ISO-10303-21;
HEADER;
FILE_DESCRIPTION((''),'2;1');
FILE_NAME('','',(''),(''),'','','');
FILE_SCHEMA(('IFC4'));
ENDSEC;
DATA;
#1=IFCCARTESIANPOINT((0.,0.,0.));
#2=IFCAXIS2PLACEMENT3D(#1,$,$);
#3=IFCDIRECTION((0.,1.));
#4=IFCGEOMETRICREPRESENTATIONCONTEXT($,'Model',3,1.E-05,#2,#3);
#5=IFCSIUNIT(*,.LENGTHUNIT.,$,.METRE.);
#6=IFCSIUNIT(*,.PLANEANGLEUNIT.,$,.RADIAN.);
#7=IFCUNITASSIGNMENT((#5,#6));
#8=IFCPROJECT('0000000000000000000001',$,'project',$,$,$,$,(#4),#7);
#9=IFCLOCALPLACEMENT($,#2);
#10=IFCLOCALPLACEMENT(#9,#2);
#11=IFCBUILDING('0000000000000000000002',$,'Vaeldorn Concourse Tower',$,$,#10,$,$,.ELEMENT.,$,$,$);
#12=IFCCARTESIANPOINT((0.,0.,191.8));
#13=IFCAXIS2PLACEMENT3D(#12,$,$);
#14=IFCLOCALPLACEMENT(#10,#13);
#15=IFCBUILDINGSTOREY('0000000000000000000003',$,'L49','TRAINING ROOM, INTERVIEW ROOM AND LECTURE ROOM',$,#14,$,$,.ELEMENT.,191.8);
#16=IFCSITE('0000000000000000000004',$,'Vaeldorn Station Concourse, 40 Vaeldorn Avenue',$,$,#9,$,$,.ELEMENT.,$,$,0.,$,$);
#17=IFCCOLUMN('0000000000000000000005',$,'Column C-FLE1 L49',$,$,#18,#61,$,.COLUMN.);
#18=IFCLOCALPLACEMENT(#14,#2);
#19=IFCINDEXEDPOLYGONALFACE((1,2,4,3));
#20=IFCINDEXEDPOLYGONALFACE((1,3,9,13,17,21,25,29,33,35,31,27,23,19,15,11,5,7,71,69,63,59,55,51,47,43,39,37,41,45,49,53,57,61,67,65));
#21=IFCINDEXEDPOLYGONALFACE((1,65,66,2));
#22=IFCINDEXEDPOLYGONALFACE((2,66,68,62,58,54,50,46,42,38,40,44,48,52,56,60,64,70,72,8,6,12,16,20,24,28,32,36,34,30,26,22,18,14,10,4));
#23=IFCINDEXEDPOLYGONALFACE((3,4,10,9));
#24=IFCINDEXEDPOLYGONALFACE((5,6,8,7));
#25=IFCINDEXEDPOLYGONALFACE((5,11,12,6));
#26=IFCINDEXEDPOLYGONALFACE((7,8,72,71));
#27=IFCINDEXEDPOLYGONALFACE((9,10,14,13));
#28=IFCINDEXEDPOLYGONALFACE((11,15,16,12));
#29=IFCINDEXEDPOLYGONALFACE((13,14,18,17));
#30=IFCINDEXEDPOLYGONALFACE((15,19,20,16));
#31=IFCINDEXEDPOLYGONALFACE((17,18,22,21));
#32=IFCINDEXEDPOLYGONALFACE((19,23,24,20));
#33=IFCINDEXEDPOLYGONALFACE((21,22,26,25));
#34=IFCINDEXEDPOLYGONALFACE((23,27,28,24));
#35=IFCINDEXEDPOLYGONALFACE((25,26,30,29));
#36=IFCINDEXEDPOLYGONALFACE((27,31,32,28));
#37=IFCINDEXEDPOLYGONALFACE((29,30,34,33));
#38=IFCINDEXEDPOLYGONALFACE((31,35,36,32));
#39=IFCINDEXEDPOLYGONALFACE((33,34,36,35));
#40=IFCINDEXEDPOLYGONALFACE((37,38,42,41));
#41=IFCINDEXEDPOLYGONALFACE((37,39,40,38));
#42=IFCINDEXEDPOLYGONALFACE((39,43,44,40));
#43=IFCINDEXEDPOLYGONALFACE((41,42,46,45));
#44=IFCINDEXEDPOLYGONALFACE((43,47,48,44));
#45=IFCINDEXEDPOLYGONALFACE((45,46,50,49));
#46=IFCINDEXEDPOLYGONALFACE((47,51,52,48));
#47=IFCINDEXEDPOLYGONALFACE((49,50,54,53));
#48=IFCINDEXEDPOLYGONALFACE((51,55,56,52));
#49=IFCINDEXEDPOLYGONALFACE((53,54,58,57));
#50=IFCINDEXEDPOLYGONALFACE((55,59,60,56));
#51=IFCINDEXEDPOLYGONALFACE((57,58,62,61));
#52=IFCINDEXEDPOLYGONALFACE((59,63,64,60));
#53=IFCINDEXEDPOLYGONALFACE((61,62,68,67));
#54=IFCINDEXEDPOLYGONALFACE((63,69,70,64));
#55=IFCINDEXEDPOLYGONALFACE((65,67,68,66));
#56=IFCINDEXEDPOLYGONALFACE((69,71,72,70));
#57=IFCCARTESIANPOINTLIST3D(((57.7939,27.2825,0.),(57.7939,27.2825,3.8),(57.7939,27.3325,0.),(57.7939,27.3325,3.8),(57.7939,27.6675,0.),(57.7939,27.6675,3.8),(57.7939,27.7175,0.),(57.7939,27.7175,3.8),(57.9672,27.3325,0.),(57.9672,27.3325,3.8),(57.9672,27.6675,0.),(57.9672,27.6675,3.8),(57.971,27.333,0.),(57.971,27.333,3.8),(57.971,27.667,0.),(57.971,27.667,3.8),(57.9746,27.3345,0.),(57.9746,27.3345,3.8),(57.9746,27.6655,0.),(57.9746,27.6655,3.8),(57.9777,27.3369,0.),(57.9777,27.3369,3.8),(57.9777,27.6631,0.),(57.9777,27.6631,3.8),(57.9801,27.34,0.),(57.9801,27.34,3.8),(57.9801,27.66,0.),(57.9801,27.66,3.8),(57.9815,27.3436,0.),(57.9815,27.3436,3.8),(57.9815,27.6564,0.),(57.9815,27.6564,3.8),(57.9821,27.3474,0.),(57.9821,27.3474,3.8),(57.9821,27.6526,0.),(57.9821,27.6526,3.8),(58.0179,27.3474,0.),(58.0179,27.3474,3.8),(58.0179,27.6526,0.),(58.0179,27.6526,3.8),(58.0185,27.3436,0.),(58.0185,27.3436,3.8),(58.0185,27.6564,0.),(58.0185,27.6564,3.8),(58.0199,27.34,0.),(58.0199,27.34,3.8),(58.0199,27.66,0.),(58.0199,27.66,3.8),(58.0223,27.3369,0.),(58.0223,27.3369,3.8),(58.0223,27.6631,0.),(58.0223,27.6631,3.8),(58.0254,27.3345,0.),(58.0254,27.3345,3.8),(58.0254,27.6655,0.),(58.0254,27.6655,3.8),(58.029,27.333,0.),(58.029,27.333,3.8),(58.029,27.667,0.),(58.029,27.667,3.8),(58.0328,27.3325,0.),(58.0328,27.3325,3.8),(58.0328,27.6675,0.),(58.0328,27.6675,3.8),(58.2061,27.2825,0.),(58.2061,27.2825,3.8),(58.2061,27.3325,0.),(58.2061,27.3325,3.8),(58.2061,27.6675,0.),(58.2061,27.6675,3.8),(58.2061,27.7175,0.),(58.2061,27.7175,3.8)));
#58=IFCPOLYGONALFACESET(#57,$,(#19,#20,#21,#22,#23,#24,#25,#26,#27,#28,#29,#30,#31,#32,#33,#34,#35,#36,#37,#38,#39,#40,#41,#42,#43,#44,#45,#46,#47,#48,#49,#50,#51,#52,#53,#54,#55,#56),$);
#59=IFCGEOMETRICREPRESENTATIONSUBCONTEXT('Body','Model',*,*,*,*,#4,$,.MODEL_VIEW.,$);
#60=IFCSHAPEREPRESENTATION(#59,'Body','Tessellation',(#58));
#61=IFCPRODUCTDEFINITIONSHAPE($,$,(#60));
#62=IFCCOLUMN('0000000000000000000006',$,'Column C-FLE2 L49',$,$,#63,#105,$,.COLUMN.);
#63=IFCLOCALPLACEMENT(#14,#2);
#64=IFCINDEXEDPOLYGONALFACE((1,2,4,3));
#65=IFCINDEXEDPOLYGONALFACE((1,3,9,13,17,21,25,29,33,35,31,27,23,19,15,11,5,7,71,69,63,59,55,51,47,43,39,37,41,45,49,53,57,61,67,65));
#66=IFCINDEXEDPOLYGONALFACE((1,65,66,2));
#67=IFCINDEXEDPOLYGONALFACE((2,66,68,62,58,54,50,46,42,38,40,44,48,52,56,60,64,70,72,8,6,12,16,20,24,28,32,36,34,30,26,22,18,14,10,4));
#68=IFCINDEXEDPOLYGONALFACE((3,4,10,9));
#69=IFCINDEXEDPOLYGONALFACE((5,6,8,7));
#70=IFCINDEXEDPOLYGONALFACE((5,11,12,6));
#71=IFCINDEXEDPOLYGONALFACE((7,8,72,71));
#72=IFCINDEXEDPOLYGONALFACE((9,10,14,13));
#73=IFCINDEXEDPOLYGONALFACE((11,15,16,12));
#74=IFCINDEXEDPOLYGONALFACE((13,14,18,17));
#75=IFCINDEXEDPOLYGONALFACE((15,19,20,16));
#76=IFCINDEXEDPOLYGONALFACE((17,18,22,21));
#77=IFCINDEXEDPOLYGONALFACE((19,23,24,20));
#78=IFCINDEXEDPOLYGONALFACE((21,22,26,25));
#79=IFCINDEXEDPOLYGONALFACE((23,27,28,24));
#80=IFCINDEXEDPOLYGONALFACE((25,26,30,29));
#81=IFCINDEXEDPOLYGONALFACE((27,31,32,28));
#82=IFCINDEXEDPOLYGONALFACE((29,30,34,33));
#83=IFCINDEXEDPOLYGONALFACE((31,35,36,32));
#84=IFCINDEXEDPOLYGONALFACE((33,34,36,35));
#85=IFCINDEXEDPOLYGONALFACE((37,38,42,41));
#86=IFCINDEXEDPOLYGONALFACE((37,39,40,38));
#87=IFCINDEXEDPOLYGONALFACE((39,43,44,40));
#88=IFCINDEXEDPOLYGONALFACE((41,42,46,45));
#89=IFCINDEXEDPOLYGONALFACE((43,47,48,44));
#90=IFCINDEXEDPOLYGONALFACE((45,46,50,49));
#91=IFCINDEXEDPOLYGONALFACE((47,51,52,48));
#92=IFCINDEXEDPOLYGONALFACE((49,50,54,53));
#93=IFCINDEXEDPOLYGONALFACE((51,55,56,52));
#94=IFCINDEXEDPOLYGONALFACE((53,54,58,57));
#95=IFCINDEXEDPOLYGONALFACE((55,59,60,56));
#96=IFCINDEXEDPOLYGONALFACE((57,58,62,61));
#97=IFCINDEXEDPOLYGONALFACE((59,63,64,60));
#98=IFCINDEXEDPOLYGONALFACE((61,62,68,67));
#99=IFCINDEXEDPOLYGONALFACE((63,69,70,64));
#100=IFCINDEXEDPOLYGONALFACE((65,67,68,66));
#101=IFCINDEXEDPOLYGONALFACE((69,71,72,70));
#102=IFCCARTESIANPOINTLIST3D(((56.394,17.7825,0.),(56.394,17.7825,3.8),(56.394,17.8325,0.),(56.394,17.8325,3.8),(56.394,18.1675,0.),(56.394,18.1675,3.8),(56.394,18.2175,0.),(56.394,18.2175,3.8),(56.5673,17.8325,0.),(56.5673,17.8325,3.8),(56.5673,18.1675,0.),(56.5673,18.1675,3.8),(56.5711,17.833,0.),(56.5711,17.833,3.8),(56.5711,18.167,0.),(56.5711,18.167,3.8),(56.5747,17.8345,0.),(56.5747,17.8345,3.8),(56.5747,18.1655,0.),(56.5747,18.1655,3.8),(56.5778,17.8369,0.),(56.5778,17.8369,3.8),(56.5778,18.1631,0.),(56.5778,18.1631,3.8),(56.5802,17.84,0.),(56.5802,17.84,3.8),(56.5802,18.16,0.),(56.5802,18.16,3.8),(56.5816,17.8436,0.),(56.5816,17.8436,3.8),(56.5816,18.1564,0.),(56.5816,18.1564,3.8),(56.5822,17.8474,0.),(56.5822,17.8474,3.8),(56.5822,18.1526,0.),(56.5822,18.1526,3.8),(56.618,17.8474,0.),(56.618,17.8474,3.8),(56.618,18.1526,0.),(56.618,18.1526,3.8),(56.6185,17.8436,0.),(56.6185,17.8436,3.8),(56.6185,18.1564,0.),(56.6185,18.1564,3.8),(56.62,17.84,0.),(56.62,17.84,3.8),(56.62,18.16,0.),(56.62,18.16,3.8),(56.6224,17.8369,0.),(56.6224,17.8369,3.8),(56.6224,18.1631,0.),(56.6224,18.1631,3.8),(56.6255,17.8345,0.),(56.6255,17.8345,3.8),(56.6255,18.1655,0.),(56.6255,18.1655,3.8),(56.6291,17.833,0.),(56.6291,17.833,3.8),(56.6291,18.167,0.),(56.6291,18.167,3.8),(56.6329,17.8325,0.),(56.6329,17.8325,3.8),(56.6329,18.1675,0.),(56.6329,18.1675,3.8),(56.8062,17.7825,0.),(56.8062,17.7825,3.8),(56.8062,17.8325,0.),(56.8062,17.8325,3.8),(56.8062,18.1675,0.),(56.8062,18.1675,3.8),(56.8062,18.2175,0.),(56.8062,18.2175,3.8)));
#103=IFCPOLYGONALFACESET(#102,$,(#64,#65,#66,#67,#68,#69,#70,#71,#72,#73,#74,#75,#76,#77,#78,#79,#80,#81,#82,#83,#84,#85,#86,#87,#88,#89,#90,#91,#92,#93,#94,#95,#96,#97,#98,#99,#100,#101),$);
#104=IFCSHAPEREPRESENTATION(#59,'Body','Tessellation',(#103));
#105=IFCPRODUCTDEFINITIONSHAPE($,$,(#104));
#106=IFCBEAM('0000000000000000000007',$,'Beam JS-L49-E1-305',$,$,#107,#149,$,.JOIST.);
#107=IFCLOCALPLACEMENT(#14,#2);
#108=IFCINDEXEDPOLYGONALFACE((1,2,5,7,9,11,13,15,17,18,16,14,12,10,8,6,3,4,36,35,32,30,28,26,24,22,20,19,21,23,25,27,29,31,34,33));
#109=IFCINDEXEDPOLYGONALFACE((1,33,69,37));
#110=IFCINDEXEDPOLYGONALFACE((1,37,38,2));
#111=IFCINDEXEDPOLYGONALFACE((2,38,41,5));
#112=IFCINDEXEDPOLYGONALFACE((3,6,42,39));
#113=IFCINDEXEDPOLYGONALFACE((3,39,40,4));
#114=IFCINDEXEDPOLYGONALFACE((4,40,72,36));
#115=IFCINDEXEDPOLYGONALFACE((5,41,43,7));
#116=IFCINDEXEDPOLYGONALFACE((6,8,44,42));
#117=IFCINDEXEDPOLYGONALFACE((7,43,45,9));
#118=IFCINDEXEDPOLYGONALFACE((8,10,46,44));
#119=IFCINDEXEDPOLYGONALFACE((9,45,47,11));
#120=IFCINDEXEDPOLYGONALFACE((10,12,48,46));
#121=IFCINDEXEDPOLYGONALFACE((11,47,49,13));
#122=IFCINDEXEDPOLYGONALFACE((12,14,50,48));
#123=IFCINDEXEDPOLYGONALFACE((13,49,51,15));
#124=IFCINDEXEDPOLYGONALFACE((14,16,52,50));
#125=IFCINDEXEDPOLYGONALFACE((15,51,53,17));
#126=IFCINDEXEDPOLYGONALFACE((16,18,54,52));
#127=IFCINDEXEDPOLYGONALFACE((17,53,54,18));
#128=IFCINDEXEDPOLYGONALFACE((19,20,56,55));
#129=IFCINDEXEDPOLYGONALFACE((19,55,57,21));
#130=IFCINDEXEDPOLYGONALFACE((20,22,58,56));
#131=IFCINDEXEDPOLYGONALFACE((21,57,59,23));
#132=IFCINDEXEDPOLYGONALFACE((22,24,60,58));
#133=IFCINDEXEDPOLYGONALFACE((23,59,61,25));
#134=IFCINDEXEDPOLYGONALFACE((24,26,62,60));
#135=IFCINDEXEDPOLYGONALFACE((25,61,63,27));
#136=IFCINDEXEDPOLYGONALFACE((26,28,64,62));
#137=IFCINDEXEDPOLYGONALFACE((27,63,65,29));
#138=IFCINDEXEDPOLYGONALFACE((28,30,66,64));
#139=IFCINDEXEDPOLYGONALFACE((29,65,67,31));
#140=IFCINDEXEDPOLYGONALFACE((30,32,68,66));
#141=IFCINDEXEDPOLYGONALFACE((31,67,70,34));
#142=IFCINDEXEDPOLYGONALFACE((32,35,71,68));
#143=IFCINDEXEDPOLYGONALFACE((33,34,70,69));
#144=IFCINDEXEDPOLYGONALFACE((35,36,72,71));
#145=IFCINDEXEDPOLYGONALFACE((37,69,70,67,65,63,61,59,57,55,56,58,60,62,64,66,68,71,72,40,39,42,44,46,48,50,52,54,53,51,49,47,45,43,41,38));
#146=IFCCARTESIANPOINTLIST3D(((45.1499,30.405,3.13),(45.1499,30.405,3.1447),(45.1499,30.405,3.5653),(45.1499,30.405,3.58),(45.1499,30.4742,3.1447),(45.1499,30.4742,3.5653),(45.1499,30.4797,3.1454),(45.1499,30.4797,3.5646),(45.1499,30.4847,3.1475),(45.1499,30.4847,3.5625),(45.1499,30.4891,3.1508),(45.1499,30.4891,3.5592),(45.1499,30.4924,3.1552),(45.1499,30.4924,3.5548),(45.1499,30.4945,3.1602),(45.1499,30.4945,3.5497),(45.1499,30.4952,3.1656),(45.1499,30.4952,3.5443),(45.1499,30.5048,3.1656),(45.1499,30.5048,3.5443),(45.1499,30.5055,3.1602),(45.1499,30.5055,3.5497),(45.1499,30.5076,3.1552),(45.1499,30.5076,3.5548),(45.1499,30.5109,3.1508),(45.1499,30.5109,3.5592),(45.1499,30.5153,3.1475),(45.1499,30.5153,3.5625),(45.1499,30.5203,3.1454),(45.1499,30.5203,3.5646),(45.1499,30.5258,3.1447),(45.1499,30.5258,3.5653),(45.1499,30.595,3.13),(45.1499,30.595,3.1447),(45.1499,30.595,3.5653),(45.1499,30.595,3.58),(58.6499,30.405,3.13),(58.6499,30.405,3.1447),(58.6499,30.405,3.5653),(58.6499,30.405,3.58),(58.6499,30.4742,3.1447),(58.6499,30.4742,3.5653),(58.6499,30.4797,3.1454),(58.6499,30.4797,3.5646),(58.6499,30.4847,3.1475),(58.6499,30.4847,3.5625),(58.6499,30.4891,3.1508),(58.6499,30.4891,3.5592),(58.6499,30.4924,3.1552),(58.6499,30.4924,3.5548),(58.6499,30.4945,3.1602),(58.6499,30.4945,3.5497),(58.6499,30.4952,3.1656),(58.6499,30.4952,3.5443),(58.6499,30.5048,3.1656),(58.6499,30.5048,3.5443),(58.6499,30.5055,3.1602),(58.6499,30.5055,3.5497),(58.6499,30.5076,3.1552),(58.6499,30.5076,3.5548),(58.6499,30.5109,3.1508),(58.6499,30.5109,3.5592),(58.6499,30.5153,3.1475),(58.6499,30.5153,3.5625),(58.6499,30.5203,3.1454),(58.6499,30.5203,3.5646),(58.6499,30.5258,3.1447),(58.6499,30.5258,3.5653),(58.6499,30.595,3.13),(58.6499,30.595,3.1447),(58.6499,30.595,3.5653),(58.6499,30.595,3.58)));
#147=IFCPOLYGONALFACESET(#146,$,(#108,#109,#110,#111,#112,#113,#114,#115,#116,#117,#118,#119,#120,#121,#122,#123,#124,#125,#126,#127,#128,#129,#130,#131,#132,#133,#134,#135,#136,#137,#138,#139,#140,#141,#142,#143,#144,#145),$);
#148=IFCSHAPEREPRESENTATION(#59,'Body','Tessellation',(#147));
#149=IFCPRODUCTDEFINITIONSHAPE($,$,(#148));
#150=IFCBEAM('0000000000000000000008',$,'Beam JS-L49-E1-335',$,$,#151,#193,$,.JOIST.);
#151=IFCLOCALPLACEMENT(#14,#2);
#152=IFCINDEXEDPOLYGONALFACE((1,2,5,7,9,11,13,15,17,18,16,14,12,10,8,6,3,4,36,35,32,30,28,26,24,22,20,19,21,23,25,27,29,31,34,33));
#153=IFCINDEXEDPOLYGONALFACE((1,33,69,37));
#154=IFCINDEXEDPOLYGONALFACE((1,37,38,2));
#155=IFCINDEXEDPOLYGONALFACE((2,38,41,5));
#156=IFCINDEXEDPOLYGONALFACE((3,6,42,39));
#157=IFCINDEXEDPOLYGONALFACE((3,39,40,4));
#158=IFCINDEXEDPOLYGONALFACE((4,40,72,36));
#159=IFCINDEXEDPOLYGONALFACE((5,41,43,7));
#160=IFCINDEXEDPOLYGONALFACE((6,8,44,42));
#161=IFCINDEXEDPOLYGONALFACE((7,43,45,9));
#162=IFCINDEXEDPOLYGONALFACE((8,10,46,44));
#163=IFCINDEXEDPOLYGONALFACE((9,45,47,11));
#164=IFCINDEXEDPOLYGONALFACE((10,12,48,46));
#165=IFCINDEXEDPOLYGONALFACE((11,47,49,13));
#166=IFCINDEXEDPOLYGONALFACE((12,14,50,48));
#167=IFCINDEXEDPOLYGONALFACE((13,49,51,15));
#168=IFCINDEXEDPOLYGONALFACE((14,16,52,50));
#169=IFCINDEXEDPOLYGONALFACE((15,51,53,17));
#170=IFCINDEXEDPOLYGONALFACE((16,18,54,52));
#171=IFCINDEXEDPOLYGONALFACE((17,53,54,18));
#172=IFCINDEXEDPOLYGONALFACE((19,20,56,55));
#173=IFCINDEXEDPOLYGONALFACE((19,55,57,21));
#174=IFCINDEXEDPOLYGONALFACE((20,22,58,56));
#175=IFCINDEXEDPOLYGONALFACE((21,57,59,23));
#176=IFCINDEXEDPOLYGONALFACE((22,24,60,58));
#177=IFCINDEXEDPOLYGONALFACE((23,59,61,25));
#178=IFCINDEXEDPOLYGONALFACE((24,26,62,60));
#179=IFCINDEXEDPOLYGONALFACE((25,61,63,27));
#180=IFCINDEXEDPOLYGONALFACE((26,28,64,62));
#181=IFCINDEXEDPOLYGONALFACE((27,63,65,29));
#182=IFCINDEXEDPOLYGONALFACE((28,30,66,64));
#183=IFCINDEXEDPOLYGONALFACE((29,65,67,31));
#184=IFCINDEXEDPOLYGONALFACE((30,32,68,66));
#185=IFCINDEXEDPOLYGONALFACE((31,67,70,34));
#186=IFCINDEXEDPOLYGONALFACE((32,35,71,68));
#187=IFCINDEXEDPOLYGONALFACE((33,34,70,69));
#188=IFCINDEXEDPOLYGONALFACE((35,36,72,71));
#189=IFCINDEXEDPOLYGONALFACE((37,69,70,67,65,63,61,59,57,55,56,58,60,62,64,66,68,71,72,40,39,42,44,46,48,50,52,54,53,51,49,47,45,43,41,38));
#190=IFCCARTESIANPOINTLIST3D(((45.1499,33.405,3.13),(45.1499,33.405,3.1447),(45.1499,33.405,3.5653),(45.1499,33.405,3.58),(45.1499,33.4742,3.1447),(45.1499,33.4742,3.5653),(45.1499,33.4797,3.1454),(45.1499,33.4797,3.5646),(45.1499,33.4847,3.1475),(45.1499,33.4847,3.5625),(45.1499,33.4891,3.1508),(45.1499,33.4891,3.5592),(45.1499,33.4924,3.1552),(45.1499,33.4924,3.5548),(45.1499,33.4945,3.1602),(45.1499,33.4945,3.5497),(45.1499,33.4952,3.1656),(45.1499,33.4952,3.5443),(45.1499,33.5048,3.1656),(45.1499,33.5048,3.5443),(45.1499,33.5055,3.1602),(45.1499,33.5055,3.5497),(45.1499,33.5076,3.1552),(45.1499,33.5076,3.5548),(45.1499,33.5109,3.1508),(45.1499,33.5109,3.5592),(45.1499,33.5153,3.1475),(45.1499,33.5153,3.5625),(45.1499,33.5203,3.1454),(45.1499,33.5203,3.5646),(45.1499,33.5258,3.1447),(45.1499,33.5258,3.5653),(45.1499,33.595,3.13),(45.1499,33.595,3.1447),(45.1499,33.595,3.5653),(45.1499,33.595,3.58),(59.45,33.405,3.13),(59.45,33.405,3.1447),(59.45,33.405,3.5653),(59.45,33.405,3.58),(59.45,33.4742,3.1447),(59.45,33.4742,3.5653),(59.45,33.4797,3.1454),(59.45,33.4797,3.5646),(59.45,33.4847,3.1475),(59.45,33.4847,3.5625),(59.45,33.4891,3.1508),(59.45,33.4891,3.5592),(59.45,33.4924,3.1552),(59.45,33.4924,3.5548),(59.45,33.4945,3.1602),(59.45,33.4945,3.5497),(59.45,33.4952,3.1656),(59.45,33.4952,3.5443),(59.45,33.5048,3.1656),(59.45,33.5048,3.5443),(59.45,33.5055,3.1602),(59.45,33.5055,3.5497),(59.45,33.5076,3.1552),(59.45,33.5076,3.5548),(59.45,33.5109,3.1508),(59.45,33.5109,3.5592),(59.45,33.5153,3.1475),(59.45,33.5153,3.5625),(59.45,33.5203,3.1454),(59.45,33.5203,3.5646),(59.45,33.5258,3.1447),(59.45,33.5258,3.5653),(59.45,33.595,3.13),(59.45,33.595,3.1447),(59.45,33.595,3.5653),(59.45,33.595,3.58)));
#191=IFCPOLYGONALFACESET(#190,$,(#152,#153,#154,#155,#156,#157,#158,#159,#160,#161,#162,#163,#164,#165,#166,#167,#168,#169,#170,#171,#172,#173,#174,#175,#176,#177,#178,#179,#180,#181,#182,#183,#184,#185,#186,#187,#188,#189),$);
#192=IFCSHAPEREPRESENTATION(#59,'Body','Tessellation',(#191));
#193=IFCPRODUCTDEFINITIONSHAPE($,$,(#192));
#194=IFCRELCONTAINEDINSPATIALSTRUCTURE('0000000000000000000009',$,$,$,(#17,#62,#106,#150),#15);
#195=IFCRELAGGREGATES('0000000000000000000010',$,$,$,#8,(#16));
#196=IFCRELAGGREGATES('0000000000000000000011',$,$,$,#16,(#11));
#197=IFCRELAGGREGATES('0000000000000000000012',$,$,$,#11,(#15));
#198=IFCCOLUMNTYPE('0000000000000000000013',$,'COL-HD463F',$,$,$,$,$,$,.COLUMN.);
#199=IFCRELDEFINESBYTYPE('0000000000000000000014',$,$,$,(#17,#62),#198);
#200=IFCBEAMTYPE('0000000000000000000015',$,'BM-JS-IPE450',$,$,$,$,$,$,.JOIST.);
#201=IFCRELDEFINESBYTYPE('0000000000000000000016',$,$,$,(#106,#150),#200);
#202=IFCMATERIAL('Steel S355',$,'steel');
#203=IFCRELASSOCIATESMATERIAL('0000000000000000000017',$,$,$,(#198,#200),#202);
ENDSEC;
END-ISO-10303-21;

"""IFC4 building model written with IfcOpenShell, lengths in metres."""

from ifc_helpers import new_model, si_unit, direction, frame, origin, origin_2d, place, context, subcontext, project, spatial, i_section, extrude, source, transform, mapped, material, material_profile, profile_set, type_object, element, save


model = new_model("IFC4")

# Units and contexts
model_context = context("Model", 3, precision=1e-05, world=origin(), true_north=direction((0.0, 1.0)))
body_context = subcontext(model_context, "Body", "Model", "MODEL_VIEW")
ifc_project = project(units=[si_unit("LENGTHUNIT", "METRE"), si_unit("PLANEANGLEUNIT", "RADIAN")], contexts=[model_context])

# Site, building, storey
site_placement = place(None, origin())
site = spatial("IfcSite", under=ifc_project, at=site_placement, Name="Vaeldorn Station Concourse, 40 Vaeldorn Avenue", CompositionType="ELEMENT", RefElevation=0.0)
building_placement = place(site_placement, origin())
building = spatial("IfcBuilding", under=site, at=building_placement, Name="Vaeldorn Concourse Tower", CompositionType="ELEMENT")
storey_placement = place(building_placement, frame((0.0, 0.0, 191.8)))
storey = spatial("IfcBuildingStorey", under=building, at=storey_placement, Name="L49", Description="TRAINING ROOM, INTERVIEW ROOM AND LECTURE ROOM", CompositionType="ELEMENT", Elevation=191.8)

# Columns
ifc_material_1 = material(Name="Steel S355", Category="steel")
ifc_material_profile_1 = material_profile(ifc_material_1, i_section(OverallWidth=0.4121, OverallDepth=0.4351, WebThickness=0.0359, FlangeThickness=0.05, FilletRadius=0.0149, at=origin_2d()), Name="HD 400x463")
ifc_profile_set_1 = profile_set([ifc_material_profile_1], Name="Steel S355")
column_type = type_object("IfcColumnType", Name="COL-HD463F", PredefinedType="COLUMN", material=ifc_profile_set_1)
shared_shape_1 = source(origin(), body_context, "Body", "SweptSolid", [
    extrude(i_section(OverallWidth=0.4121, OverallDepth=0.4351, WebThickness=0.0359, FlangeThickness=0.05, FilletRadius=0.0149, at=origin_2d()), origin(), (0.0, 0.0, 1.0), 3.8),
])
for number, where, z_axis, x_axis, name in (
    (1, (58.0, 27.5, 0.0), (0.0, 0.0, 1.0), (1.0, 0.0, 0.0), "Column C-FLE1 L49"),
    (2, (56.6001, 18.0, 0.0), (0.0, 0.0, 1.0), (1.0, 0.0, 0.0), "Column C-FLE2 L49"),
):
    element("IfcColumn", number, at=place(storey_placement, frame(where, z_axis=z_axis, x_axis=x_axis)), inside=storey, type_object=column_type, Name=name, PredefinedType="COLUMN", context=body_context, shape_type="MappedRepresentation", body=[
        mapped(shared_shape_1, transform((0.0, 0.0, 0.0), scale=1.0)),
    ])

# Beams
ifc_material_profile_2 = material_profile(ifc_material_1, i_section(OverallWidth=0.1899, OverallDepth=0.45, WebThickness=0.0095, FlangeThickness=0.0146, FilletRadius=0.021, at=origin_2d()), Name="IPE 450")
ifc_profile_set_2 = profile_set([ifc_material_profile_2], Name="Steel S355")
beam_type_1 = type_object("IfcBeamType", Name="BM-JS-IPE450", PredefinedType="JOIST", material=ifc_profile_set_2)
shared_shape_2 = source(origin(), body_context, "Body", "SweptSolid", [
    extrude(i_section(OverallWidth=0.1899, OverallDepth=0.45, WebThickness=0.0095, FlangeThickness=0.0146, FilletRadius=0.021, at=origin_2d()), origin(), (0.0, 0.0, 1.0), 13.5),
])
beam_1_placement = place(storey_placement, frame((45.1499, 30.5, 3.355), z_axis=(1.0, 0.0, 0.0), x_axis=(0.0, 1.0, 0.0)))
element("IfcBeam", 3, at=beam_1_placement, inside=storey, type_object=beam_type_1, Name="Beam JS-L49-E1-305", PredefinedType="JOIST", context=body_context, shape_type="MappedRepresentation", body=[
    mapped(shared_shape_2, transform((0.0, 0.0, 0.0), scale=1.0)),
])
shared_shape_3 = source(origin(), body_context, "Body", "SweptSolid", [
    extrude(i_section(OverallWidth=0.1899, OverallDepth=0.45, WebThickness=0.0095, FlangeThickness=0.0146, FilletRadius=0.021, at=origin_2d()), origin(), (0.0, 0.0, 1.0), 14.3),
])
beam_2_placement = place(storey_placement, frame((45.1499, 33.5, 3.355), z_axis=(1.0, 0.0, 0.0), x_axis=(0.0, 1.0, 0.0)))
element("IfcBeam", 4, at=beam_2_placement, inside=storey, type_object=beam_type_1, Name="Beam JS-L49-E1-335", PredefinedType="JOIST", context=body_context, shape_type="MappedRepresentation", body=[
    mapped(shared_shape_3, transform((0.0, 0.0, 0.0), scale=1.0)),
])

save(model, "model.ifc")
